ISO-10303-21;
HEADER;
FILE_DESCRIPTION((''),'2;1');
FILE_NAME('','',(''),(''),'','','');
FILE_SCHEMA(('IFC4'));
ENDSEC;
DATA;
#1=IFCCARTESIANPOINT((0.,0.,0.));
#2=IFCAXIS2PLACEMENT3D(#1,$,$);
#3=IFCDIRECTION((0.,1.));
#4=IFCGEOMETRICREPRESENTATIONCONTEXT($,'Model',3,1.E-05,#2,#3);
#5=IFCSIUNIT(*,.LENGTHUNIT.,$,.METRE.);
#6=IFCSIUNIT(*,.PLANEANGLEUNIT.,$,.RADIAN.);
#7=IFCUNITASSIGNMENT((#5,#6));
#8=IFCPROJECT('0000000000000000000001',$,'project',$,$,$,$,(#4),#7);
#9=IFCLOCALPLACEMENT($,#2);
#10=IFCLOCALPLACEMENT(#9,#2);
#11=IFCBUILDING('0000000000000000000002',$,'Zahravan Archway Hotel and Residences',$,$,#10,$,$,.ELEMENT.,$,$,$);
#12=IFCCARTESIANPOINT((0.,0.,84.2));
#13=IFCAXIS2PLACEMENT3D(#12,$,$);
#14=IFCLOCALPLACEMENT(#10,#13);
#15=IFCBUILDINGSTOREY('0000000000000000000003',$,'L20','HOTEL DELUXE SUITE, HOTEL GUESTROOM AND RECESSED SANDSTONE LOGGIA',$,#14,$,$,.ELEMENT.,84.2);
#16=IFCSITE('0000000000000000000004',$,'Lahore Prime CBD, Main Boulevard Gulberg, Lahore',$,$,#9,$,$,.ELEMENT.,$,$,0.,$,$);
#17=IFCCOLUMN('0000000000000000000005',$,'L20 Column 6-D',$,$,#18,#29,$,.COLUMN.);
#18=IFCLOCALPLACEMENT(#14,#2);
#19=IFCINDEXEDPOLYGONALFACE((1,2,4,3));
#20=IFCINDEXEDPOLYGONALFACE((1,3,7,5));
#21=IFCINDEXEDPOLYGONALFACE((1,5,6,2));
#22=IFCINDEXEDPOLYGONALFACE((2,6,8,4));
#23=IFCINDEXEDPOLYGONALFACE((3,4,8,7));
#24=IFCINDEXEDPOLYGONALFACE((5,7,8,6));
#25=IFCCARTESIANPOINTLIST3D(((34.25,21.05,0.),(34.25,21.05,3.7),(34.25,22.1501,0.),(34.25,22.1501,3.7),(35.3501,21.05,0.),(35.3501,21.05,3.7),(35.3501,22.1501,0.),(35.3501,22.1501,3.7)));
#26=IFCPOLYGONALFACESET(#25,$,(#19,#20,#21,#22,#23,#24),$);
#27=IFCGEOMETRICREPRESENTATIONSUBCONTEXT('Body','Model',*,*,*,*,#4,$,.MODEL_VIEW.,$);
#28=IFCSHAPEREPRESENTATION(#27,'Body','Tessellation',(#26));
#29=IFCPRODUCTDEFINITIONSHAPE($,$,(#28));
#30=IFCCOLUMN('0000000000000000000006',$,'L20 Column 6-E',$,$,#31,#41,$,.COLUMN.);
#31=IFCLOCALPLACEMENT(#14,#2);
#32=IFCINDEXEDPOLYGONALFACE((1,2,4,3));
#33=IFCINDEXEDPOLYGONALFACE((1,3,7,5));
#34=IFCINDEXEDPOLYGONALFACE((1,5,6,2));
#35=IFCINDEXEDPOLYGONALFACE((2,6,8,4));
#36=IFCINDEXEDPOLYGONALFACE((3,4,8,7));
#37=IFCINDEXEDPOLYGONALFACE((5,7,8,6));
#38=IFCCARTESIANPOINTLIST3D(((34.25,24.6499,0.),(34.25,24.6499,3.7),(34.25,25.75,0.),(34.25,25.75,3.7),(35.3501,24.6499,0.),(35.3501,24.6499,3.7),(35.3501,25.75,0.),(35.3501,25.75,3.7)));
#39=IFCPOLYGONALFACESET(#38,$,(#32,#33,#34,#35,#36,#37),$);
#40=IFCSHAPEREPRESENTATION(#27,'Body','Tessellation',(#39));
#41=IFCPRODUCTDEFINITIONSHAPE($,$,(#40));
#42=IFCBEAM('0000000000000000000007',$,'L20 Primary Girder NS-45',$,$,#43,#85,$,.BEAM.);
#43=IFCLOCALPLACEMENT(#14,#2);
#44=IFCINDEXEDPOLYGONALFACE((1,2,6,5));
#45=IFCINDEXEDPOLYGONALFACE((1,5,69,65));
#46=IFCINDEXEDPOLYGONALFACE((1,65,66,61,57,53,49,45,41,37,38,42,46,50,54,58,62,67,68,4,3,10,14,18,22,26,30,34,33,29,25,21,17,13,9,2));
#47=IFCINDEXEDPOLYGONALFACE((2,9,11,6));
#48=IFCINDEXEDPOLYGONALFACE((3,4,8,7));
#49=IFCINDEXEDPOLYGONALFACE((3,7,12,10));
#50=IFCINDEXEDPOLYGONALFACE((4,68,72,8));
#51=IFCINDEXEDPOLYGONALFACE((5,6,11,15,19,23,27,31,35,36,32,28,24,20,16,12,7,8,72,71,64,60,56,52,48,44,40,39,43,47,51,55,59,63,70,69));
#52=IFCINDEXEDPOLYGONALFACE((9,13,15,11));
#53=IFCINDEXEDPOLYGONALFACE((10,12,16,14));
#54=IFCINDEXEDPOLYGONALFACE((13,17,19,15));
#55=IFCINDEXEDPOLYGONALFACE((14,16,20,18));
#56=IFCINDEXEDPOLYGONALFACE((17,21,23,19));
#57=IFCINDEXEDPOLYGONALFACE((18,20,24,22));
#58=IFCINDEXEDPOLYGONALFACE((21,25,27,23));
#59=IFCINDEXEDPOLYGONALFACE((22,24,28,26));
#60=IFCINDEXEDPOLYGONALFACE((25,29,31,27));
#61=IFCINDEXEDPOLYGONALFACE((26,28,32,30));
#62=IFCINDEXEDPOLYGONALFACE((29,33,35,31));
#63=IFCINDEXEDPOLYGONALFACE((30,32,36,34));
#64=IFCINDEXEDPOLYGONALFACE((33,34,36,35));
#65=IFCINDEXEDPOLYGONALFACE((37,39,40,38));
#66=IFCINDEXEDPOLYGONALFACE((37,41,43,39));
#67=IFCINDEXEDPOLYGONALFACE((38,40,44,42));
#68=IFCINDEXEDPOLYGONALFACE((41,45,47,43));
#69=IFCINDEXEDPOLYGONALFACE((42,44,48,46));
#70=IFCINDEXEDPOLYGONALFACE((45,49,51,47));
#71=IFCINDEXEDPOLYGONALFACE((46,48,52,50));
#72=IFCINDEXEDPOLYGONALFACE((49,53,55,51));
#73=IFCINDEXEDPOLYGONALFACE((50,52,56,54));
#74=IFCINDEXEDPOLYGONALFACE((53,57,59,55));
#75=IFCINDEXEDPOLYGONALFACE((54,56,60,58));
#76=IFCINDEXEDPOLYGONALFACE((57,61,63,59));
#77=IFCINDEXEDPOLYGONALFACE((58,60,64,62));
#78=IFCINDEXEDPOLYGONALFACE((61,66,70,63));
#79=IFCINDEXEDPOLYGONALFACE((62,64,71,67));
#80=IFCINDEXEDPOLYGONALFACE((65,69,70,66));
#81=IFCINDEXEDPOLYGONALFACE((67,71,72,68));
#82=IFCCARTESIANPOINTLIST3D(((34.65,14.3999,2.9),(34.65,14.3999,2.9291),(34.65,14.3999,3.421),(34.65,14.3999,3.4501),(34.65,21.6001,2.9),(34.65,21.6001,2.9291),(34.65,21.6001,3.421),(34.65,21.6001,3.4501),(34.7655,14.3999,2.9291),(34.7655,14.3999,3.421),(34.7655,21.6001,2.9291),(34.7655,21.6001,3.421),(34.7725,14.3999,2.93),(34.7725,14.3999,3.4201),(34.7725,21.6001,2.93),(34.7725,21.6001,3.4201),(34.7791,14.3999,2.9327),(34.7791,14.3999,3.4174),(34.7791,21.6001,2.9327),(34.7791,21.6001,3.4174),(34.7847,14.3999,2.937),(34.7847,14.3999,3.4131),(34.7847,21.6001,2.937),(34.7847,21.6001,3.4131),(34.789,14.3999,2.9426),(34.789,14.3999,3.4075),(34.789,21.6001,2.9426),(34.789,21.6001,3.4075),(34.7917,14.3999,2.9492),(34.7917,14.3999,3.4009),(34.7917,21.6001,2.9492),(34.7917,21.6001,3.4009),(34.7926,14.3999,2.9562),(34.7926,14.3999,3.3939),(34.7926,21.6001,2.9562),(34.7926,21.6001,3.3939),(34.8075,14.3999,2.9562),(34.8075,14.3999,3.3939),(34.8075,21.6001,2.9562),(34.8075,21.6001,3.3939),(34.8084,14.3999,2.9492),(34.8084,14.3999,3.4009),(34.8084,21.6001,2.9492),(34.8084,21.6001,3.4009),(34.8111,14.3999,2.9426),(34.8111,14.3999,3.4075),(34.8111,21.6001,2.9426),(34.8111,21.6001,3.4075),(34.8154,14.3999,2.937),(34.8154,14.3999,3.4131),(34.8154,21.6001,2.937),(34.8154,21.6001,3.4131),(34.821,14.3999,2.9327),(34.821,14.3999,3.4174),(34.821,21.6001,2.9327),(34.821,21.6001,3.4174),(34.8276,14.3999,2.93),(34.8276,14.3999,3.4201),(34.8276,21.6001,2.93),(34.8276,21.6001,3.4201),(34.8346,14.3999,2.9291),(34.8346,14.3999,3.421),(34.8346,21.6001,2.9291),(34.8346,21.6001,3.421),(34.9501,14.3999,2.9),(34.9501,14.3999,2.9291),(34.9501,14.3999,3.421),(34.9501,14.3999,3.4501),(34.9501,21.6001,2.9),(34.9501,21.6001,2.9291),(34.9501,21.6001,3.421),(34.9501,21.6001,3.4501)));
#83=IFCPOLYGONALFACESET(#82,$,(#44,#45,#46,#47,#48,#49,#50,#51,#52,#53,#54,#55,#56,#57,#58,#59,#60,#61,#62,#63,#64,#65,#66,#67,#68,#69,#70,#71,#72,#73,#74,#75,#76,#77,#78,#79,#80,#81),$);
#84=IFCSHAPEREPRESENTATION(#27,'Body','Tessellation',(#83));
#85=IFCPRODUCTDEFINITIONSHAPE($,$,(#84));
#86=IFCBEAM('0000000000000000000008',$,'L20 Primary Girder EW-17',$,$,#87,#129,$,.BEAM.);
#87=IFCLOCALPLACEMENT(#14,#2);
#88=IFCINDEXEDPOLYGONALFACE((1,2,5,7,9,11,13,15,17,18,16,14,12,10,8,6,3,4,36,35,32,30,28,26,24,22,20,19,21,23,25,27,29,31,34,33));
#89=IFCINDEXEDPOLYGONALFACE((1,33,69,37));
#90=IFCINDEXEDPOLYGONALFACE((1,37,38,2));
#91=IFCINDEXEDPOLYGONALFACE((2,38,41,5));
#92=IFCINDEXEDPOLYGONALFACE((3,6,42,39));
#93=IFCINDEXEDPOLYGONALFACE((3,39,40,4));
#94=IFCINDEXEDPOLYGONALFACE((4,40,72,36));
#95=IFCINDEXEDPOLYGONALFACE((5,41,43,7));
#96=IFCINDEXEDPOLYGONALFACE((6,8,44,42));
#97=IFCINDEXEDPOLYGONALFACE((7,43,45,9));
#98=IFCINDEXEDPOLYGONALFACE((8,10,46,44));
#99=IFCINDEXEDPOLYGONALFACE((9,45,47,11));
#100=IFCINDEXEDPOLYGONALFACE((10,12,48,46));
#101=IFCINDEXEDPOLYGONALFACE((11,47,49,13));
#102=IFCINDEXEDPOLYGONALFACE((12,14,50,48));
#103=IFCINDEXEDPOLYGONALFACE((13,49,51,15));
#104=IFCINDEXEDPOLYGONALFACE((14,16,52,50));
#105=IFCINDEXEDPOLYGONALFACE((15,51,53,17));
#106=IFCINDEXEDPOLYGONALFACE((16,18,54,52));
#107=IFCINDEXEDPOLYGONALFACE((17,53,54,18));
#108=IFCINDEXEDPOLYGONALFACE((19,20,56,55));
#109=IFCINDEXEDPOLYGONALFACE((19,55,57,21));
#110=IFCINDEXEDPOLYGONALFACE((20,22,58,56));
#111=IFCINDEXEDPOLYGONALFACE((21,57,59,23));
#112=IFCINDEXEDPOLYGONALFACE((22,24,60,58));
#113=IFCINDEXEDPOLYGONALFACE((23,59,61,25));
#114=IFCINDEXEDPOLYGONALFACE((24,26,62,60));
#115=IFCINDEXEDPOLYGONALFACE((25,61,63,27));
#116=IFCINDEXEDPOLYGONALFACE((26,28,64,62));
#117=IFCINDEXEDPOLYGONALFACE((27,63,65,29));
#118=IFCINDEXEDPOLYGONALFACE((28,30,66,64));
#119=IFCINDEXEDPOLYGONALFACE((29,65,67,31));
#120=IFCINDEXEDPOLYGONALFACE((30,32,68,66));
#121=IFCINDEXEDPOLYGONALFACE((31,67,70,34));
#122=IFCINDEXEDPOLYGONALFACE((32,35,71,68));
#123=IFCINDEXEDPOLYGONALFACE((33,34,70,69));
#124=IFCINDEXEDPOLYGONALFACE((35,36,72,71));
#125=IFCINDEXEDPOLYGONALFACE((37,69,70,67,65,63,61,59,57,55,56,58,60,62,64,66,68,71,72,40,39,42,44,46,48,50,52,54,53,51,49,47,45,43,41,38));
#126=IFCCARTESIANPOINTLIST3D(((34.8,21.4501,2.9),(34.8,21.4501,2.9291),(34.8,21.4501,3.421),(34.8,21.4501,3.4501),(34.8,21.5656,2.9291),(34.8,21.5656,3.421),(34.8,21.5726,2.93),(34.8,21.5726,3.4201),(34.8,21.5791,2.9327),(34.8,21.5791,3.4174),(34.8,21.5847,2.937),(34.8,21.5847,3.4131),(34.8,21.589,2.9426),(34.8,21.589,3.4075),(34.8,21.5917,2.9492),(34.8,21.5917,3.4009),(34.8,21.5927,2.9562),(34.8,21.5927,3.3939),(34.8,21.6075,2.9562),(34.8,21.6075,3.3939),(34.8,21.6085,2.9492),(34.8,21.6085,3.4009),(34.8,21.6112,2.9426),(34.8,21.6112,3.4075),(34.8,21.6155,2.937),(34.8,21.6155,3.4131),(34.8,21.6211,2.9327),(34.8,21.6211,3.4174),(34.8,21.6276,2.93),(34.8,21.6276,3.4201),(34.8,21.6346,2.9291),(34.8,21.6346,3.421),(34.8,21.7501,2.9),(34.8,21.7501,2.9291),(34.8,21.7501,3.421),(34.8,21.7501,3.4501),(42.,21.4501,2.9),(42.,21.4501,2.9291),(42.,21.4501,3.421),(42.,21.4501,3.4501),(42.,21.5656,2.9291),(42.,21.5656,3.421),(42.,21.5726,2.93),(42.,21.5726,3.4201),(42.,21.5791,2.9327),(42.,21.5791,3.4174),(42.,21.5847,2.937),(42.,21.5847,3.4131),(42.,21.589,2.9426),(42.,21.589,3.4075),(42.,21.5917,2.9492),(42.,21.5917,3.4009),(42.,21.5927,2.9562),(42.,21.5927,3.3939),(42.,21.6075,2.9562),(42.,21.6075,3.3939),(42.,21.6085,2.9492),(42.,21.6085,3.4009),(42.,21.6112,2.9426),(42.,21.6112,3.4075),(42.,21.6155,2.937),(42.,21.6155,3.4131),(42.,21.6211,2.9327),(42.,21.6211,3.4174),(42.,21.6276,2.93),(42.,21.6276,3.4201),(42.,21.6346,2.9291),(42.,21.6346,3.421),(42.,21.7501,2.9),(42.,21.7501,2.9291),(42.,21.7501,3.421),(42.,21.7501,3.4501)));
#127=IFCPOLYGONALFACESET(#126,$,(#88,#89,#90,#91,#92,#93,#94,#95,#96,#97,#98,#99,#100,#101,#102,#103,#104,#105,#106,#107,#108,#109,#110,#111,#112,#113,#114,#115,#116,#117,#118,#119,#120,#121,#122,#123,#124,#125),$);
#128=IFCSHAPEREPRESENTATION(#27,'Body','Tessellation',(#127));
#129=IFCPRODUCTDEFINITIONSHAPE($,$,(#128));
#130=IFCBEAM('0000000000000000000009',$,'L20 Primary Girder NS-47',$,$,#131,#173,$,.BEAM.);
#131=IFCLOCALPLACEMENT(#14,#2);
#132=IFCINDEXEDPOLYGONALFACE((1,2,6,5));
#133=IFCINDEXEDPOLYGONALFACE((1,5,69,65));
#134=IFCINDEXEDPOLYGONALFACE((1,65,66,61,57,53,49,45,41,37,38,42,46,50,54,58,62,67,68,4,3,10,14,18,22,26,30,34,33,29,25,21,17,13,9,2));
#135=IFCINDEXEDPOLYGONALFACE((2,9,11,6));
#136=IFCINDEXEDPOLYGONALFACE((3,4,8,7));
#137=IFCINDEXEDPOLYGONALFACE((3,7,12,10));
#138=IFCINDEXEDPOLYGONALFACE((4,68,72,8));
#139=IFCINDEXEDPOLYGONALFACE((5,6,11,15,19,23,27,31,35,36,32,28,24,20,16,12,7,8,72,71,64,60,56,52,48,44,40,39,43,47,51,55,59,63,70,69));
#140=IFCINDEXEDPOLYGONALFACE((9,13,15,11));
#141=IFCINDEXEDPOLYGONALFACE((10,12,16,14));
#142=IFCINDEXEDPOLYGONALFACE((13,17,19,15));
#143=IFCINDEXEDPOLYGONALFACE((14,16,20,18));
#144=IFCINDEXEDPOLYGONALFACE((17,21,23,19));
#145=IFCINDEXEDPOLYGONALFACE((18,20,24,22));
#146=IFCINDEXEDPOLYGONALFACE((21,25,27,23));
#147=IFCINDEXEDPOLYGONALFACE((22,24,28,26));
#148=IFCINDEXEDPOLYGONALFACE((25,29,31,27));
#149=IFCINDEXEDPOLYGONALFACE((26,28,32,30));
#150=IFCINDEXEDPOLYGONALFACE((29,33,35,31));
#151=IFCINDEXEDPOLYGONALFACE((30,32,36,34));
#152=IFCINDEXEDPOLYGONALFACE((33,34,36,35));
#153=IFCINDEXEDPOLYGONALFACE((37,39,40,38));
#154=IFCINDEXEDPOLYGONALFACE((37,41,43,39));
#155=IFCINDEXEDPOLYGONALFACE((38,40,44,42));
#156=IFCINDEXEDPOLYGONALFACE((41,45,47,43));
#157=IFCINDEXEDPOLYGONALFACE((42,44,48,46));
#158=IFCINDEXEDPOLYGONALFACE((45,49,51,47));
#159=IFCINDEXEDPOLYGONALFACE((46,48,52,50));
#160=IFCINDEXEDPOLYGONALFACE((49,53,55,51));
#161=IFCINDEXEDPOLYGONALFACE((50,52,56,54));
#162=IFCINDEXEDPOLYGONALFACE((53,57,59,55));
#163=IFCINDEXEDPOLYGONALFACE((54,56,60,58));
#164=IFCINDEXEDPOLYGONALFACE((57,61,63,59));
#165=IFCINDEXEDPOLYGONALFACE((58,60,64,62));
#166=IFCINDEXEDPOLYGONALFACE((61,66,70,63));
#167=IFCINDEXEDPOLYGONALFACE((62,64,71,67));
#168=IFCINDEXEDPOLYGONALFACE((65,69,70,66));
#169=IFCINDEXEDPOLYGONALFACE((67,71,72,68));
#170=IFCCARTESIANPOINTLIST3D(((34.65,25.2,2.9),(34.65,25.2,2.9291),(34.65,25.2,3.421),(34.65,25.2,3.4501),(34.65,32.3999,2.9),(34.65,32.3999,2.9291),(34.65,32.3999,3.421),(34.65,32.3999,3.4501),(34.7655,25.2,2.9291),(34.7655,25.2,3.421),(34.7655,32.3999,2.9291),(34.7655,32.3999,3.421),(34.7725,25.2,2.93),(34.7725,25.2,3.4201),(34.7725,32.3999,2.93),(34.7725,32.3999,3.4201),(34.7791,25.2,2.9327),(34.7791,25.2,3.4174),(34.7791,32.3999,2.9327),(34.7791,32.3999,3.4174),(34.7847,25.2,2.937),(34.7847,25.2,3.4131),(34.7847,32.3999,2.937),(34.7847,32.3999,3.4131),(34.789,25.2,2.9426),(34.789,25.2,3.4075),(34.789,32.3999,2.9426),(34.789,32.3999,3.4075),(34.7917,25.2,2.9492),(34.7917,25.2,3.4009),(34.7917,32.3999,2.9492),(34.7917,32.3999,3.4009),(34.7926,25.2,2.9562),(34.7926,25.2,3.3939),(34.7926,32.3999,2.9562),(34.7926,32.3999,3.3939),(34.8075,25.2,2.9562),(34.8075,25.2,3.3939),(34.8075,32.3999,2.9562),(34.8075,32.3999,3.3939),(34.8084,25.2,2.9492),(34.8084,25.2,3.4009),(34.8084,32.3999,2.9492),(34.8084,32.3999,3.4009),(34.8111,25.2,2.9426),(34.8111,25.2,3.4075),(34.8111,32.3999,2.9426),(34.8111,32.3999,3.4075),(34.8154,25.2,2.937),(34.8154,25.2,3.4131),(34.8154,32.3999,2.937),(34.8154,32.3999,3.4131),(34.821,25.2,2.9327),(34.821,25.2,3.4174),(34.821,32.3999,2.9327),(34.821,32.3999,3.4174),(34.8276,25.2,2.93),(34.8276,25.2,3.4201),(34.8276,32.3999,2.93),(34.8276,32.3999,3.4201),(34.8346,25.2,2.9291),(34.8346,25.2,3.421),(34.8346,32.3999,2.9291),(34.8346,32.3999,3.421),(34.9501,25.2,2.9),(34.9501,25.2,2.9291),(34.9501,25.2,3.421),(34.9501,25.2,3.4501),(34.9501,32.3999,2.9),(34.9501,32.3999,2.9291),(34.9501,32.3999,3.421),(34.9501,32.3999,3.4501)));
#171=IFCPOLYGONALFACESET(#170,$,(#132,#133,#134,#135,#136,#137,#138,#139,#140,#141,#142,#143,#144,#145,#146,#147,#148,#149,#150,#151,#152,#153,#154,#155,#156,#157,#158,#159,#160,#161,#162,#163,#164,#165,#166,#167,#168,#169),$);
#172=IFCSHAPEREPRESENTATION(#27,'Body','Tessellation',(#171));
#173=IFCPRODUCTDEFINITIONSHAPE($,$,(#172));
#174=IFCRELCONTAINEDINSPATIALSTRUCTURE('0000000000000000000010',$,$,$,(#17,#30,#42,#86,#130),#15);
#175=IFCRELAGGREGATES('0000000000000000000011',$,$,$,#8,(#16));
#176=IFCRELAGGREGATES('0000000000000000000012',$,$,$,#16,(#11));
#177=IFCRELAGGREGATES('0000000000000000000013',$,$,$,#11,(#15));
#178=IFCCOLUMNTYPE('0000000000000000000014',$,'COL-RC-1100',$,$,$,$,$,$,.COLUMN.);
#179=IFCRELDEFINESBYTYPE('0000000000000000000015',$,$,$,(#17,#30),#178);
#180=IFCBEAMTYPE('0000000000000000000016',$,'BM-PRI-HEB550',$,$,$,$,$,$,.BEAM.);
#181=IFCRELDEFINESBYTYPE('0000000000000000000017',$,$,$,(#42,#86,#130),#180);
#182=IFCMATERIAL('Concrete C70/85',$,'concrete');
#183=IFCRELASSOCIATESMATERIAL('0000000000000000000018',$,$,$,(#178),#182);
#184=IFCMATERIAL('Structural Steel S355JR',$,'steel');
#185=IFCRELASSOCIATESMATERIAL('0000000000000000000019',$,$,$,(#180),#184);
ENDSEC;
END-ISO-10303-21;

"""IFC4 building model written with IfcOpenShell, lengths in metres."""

from ifc_helpers import new_model, si_unit, direction, frame, origin, origin_2d, place, context, subcontext, project, spatial, rectangle, i_section, extrude, source, transform, mapped, material, material_profile, profile_set, type_object, type_shapes, element, save


model = new_model("IFC4")

# Units and contexts
model_context = context("Model", 3, precision=1e-05, world=origin(), true_north=direction((0.0, 1.0)))
body_context = subcontext(model_context, "Body", "Model", "MODEL_VIEW")
ifc_project = project(units=[si_unit("LENGTHUNIT", "METRE"), si_unit("PLANEANGLEUNIT", "RADIAN")], contexts=[model_context])

# Site, building, storey
site_placement = place(None, origin())
site = spatial("IfcSite", under=ifc_project, at=site_placement, Name="Lahore Prime CBD, Main Boulevard Gulberg, Lahore", CompositionType="ELEMENT", RefElevation=0.0)
building_placement = place(site_placement, origin())
building = spatial("IfcBuilding", under=site, at=building_placement, Name="Zahravan Archway Hotel and Residences", CompositionType="ELEMENT")
storey_placement = place(building_placement, frame((0.0, 0.0, 84.2)))
storey = spatial("IfcBuildingStorey", under=building, at=storey_placement, Name="L20", Description="HOTEL DELUXE SUITE, HOTEL GUESTROOM AND RECESSED SANDSTONE LOGGIA", CompositionType="ELEMENT", Elevation=84.2)

# Columns
ifc_material_1 = material(Name="Concrete C70/85", Category="concrete")
ifc_material_profile_1 = material_profile(ifc_material_1, rectangle(XDim=1.1001, YDim=1.1001, at=origin_2d()), Name="RC 1100x1100", Category="concrete")
ifc_profile_set_1 = profile_set([ifc_material_profile_1], Name="Concrete C70/85")
column_type = type_object("IfcColumnType", Name="COL-RC-1100", PredefinedType="COLUMN", material=ifc_profile_set_1)
shared_shape_1 = source(origin(), body_context, "Body", "SweptSolid", [
    extrude(rectangle(XDim=1.1001, YDim=1.1001, at=origin_2d()), origin(), (0.0, 0.0, 1.0), 3.7),
])
for number, where, z_axis, x_axis, name in (
    (1, (34.8, 21.6001, 0.0), (0.0, 0.0, 1.0), (1.0, 0.0, 0.0), "L20 Column 6-D"),
    (2, (34.8, 25.2, 0.0), (0.0, 0.0, 1.0), (1.0, 0.0, 0.0), "L20 Column 6-E"),
):
    element("IfcColumn", number, at=place(storey_placement, frame(where, z_axis=z_axis, x_axis=x_axis)), inside=storey, type_object=column_type, Name=name, PredefinedType="COLUMN", context=body_context, shape_type="MappedRepresentation", body=[
        mapped(shared_shape_1, transform((0.0, 0.0, 0.0), scale=1.0)),
    ])

# Beams
ifc_material_2 = material(Name="Structural Steel S355JR", Category="steel")
ifc_material_profile_2 = material_profile(ifc_material_2, i_section(OverallWidth=0.3, OverallDepth=0.55, WebThickness=0.0149, FlangeThickness=0.0291, FilletRadius=0.0271, at=origin_2d()), Name="HEB 550", Category="steel")
ifc_profile_set_2 = profile_set([ifc_material_profile_2], Name="Structural Steel S355JR")
beam_type = type_object("IfcBeamType", Name="BM-PRI-HEB550", PredefinedType="BEAM", material=ifc_profile_set_2)
shared_shape_2 = source(origin(), body_context, "Body", "SweptSolid", [
    extrude(i_section(OverallWidth=0.3, OverallDepth=0.55, WebThickness=0.0149, FlangeThickness=0.0291, FilletRadius=0.0271, at=origin_2d()), origin(), (0.0, 0.0, 1.0), 7.2002),
])
type_shapes(beam_type, [shared_shape_2])
beam_1_placement = place(storey_placement, frame((34.8, 14.3999, 3.175), z_axis=(0.0, 1.0, 0.0), x_axis=(-1.0, 0.0, 0.0)))
element("IfcBeam", 3, at=beam_1_placement, inside=storey, type_object=beam_type, Name="L20 Primary Girder NS-45", PredefinedType="BEAM", context=body_context, shape_type="MappedRepresentation", body=[
    mapped(shared_shape_2, transform((0.0, 0.0, 0.0), scale=1.0)),
])
shared_shape_3 = source(origin(), body_context, "Body", "SweptSolid", [
    extrude(i_section(OverallWidth=0.3, OverallDepth=0.55, WebThickness=0.0149, FlangeThickness=0.0291, FilletRadius=0.0271, at=origin_2d()), origin(), (0.0, 0.0, 1.0), 7.2),
])
for number, where, z_axis, x_axis, name in (
    (4, (34.8, 21.6001, 3.175), (1.0, 0.0, 0.0), (0.0, 1.0, 0.0), "L20 Primary Girder EW-17"),
    (5, (34.8, 25.2, 3.175), (0.0, 1.0, 0.0), (-1.0, 0.0, 0.0), "L20 Primary Girder NS-47"),
):
    element("IfcBeam", number, at=place(storey_placement, frame(where, z_axis=z_axis, x_axis=x_axis)), inside=storey, type_object=beam_type, Name=name, PredefinedType="BEAM", context=body_context, shape_type="MappedRepresentation", body=[
        mapped(shared_shape_3, transform((0.0, 0.0, 0.0), scale=1.0)),
    ])

save(model, "model.ifc")
